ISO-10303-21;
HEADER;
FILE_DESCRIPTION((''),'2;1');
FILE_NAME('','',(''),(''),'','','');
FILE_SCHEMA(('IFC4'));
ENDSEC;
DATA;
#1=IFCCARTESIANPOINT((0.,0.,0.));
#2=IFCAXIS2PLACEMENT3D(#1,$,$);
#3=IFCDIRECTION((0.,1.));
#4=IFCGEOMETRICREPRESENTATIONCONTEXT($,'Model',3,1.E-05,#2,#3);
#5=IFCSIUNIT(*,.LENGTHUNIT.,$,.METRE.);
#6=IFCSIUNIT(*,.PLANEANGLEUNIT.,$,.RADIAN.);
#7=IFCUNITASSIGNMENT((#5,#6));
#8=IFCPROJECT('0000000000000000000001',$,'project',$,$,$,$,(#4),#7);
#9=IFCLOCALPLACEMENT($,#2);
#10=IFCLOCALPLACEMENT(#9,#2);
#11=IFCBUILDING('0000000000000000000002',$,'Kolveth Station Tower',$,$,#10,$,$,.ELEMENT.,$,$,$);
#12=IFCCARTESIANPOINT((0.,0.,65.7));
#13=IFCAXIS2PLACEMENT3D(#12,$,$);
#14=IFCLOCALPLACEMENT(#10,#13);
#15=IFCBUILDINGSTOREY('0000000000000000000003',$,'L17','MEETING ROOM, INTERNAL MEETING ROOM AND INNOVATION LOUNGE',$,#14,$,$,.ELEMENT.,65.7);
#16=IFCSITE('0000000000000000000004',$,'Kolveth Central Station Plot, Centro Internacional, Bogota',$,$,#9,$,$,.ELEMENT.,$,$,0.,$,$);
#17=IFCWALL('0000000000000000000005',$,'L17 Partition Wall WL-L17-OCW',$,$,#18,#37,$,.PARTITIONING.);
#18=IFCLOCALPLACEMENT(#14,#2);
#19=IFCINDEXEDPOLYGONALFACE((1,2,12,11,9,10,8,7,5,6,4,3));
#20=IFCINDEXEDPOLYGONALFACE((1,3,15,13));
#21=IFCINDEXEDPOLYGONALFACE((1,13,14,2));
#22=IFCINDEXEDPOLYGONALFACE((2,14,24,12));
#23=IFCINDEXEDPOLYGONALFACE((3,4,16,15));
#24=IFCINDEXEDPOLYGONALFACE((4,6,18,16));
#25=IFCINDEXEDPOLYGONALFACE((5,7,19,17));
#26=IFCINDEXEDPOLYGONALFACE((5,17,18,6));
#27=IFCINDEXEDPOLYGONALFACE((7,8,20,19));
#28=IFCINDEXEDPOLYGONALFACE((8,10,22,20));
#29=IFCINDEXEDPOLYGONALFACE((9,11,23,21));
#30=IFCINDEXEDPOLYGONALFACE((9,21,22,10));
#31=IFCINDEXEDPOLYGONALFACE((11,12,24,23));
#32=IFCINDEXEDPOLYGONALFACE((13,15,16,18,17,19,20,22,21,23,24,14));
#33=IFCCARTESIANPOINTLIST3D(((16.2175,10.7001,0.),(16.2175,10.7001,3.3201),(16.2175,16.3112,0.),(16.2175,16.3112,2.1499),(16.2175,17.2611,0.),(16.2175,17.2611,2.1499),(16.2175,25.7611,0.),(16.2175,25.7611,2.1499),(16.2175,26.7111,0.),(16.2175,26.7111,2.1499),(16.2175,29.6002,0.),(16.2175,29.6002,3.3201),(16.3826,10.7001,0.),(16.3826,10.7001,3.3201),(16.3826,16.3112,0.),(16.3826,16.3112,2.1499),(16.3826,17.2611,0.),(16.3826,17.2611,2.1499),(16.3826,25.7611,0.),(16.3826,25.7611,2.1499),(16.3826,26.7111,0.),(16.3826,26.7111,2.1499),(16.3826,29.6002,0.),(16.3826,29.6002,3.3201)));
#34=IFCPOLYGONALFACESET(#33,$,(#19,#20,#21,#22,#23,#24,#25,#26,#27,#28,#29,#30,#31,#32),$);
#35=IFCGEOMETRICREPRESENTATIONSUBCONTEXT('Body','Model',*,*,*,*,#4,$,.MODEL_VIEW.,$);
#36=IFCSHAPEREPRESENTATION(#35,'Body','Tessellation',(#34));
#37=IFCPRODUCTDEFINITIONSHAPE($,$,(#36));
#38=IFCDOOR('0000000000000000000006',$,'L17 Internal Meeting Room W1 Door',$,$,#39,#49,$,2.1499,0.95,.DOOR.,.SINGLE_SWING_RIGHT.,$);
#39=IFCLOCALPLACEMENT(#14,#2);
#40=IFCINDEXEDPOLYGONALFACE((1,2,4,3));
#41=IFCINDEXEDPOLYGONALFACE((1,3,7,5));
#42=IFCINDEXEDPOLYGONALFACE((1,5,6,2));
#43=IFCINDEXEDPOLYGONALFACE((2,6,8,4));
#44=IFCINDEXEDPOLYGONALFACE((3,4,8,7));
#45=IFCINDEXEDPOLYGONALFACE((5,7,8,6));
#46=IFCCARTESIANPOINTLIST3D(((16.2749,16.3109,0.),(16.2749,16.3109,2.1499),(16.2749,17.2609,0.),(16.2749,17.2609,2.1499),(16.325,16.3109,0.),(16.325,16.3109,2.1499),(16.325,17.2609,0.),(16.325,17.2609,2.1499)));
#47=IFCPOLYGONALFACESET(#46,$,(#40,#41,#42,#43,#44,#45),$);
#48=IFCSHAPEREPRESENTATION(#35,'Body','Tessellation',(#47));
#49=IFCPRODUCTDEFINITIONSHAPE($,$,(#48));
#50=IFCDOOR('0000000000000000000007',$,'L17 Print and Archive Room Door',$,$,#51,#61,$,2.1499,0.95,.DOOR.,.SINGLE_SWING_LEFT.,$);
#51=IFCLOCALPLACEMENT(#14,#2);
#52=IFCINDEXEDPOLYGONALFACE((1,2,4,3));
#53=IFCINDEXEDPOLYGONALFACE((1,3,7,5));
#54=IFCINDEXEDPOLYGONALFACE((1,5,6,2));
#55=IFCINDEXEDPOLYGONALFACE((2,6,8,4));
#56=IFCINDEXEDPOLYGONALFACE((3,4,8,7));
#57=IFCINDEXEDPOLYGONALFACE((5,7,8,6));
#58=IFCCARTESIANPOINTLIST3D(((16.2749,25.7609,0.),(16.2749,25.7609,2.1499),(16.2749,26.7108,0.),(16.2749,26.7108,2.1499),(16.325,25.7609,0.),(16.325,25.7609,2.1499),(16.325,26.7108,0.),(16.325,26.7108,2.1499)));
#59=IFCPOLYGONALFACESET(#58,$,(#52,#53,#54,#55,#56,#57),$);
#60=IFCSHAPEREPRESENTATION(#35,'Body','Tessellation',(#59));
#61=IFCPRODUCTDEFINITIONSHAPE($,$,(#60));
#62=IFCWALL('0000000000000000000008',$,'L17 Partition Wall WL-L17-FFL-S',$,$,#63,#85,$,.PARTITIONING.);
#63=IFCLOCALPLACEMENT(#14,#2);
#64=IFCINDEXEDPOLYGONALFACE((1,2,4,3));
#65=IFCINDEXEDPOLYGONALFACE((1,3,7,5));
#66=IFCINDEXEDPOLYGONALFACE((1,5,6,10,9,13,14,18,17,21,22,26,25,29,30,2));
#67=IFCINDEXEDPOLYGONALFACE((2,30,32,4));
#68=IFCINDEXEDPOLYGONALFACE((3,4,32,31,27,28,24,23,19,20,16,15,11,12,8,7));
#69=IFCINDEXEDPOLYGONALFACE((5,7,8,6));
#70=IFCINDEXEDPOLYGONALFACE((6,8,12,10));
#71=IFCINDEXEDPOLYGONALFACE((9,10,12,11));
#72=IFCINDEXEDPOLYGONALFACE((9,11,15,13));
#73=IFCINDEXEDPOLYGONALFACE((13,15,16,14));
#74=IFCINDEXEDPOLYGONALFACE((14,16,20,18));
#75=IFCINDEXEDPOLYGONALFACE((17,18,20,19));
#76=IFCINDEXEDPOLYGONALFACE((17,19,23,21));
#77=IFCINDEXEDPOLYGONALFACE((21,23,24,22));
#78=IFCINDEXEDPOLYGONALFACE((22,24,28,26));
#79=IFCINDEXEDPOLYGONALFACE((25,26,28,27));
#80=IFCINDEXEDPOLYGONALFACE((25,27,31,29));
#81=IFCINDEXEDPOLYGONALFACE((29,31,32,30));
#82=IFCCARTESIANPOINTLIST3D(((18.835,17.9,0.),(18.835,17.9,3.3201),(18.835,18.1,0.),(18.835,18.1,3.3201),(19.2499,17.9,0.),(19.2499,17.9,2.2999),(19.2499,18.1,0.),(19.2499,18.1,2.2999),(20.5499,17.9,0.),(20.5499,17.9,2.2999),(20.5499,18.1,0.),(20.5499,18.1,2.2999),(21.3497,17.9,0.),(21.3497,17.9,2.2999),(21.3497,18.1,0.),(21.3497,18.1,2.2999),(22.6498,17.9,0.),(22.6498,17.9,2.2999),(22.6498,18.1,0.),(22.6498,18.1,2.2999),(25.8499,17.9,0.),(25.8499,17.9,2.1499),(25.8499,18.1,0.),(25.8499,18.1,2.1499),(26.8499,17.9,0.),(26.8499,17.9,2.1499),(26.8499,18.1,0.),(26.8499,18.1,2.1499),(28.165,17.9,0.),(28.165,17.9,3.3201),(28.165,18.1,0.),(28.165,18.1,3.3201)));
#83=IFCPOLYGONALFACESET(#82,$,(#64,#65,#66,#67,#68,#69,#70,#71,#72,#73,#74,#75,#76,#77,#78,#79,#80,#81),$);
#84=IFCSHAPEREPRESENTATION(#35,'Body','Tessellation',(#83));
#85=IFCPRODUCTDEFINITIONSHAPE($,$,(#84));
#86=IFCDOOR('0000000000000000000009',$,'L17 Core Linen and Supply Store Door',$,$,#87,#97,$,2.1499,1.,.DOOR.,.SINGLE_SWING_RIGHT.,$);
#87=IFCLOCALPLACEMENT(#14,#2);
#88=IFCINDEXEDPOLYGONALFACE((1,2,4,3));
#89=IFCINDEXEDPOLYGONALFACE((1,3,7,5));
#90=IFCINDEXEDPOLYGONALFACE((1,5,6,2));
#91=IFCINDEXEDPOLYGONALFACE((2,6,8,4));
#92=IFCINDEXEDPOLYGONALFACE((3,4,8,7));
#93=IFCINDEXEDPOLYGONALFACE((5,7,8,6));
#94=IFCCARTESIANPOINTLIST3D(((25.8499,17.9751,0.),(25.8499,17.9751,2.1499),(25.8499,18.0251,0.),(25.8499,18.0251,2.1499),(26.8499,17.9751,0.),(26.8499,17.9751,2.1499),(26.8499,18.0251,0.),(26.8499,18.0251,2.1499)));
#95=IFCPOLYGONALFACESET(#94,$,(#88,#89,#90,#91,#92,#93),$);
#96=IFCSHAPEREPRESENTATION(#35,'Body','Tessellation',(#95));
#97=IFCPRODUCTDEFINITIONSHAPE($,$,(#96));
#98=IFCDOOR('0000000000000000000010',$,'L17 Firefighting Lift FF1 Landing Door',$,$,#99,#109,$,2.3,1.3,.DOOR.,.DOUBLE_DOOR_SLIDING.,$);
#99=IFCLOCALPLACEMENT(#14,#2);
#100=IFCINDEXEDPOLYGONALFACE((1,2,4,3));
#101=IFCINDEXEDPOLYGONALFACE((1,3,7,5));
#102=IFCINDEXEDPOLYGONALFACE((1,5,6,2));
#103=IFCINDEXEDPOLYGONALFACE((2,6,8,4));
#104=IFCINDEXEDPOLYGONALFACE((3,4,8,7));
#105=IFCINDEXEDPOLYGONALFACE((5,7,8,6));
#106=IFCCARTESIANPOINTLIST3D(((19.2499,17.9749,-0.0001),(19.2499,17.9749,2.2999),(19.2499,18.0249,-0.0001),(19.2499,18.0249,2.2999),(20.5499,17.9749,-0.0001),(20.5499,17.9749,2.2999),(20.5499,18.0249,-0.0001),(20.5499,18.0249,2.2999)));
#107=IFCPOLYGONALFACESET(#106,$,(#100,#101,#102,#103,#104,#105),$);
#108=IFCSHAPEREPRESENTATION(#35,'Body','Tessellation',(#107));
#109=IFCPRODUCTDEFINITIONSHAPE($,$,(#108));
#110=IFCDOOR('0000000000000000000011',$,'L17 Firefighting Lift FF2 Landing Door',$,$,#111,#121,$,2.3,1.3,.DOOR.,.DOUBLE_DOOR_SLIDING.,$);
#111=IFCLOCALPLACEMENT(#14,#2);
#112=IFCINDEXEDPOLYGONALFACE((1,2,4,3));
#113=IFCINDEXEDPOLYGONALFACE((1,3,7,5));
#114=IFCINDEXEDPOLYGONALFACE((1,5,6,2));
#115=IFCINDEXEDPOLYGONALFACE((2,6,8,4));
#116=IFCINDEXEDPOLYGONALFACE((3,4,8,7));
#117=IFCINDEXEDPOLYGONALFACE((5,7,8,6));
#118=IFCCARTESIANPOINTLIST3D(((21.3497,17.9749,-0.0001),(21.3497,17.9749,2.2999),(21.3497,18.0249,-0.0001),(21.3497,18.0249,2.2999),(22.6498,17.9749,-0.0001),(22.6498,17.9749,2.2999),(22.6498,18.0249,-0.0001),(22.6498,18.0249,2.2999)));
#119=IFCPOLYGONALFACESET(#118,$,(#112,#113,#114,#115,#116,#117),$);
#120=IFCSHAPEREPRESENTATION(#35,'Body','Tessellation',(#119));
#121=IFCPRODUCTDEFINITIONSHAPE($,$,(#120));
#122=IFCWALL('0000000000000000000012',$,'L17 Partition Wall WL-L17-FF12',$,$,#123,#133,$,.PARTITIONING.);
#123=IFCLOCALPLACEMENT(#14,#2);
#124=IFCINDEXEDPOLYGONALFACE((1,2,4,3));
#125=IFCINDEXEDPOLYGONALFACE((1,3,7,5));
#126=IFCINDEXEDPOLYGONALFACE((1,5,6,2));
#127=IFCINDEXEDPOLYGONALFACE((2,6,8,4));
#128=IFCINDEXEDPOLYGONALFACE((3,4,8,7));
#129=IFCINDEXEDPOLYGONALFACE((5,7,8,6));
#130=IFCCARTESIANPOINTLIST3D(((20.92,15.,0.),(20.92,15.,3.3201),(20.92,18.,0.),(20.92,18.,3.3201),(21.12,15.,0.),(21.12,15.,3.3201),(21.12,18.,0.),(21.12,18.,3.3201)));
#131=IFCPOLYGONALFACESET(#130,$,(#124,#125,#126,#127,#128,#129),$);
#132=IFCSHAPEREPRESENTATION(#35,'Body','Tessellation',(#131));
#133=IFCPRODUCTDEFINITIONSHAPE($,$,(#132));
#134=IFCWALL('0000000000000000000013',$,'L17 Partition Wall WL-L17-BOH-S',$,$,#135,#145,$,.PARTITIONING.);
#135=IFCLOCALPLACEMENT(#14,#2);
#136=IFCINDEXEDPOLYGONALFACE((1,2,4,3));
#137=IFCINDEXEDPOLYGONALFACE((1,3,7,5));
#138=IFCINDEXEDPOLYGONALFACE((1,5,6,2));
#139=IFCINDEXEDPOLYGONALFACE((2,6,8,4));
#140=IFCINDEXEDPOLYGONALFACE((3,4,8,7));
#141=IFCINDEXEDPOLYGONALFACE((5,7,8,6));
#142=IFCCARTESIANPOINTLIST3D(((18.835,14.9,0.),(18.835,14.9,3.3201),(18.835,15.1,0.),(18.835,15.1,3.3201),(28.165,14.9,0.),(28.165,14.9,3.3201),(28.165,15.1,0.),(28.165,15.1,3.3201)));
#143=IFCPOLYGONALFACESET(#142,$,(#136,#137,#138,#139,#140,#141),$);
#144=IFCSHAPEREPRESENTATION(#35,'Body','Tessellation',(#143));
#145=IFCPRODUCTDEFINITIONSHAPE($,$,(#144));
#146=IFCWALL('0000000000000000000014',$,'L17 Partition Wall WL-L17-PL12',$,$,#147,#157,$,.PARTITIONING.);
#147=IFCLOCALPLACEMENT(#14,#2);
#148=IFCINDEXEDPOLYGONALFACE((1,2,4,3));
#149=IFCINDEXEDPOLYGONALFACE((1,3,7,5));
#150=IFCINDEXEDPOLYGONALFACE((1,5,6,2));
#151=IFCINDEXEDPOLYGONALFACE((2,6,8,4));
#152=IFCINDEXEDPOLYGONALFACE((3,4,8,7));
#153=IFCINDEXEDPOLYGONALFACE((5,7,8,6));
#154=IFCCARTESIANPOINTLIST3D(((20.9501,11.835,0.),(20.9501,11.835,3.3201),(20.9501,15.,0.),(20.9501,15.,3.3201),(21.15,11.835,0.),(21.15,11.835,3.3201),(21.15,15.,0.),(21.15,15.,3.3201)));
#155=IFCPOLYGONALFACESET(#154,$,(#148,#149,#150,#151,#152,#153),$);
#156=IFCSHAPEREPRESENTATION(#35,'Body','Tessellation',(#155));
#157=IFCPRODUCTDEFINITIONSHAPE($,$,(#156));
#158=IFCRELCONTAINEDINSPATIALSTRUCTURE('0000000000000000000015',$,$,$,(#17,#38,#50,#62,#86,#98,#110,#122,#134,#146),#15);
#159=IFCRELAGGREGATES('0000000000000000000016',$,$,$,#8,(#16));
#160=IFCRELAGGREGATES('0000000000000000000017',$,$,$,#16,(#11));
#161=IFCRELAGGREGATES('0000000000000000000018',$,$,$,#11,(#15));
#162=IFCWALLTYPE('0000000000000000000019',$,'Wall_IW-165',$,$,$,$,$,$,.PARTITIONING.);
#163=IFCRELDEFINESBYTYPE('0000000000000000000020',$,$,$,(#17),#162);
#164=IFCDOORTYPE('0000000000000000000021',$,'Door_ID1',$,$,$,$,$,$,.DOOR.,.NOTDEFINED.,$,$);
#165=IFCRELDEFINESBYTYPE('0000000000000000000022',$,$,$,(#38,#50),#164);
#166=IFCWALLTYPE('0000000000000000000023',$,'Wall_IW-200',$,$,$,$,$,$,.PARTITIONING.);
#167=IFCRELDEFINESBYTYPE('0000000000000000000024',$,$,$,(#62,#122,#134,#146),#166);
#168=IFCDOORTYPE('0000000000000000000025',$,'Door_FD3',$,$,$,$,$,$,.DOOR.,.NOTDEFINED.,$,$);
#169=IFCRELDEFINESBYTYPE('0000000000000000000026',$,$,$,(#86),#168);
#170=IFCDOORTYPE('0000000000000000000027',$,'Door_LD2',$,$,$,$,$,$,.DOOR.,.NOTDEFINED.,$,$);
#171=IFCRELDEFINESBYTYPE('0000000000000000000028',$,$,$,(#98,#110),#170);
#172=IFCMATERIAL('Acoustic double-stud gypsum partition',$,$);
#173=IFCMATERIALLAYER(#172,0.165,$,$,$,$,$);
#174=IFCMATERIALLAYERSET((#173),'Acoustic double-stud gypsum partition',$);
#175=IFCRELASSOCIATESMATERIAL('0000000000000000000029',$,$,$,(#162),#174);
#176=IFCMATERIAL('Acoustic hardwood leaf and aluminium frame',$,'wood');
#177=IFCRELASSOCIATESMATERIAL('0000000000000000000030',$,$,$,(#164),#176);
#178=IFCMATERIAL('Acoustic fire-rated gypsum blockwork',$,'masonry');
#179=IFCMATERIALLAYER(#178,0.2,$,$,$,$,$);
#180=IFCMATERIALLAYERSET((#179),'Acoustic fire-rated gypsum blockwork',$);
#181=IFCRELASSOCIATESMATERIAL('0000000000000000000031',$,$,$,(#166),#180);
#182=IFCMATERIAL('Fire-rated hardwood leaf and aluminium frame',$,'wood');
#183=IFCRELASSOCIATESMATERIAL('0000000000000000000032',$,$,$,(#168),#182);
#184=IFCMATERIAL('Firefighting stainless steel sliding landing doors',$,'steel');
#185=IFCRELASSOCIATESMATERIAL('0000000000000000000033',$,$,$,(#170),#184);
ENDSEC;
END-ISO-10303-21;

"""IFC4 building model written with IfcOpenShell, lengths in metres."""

from ifc_helpers import new_model, si_unit, direction, frame, frame_2d, origin, place, context, subcontext, project, spatial, rectangle, extrude, material, layer, layer_set, type_object, element, fill, save


model = new_model("IFC4")

# Units and contexts
model_context = context("Model", 3, precision=1e-05, world=origin(), true_north=direction((0.0, 1.0)))
body_context = subcontext(model_context, "Body", "Model", "MODEL_VIEW")
ifc_project = project(units=[si_unit("LENGTHUNIT", "METRE"), si_unit("PLANEANGLEUNIT", "RADIAN")], contexts=[model_context])

# Site, building, storey
site_placement = place(None, origin())
site = spatial("IfcSite", under=ifc_project, at=site_placement, Name="Kolveth Central Station Plot, Centro Internacional, Bogota", CompositionType="ELEMENT", RefElevation=0.0)
building_placement = place(site_placement, origin())
building = spatial("IfcBuilding", under=site, at=building_placement, Name="Kolveth Station Tower", CompositionType="ELEMENT")
storey_placement = place(building_placement, frame((0.0, 0.0, 65.7)))
storey = spatial("IfcBuildingStorey", under=building, at=storey_placement, Name="L17", Description="MEETING ROOM, INTERNAL MEETING ROOM AND INNOVATION LOUNGE", CompositionType="ELEMENT", Elevation=65.7)

# Walls, openings, doors
ifc_material_1 = material(Name="Acoustic double-stud gypsum partition")
ifc_layer_1 = layer(ifc_material_1, 0.165)
ifc_layer_set_1 = layer_set([ifc_layer_1], Name="Acoustic double-stud gypsum partition")
wall_type_1 = type_object("IfcWallType", Name="Wall_IW-165", PredefinedType="PARTITIONING", material=ifc_layer_set_1)
wall_1_placement = place(storey_placement, frame((16.3, 10.7, 0.0), z_axis=(0.0, 0.0, 1.0), x_axis=(0.0, 1.0, 0.0)))
wall_1 = element("IfcWall", 1, at=wall_1_placement, inside=storey, type_object=wall_type_1, Name="L17 Partition Wall WL-L17-OCW", PredefinedType="PARTITIONING", context=body_context, shape_type="SweptSolid", body=[
    extrude(rectangle(XDim=18.9001, YDim=0.165, at=frame_2d((9.4502, 0.0))), origin(), (0.0, 0.0, 1.0), 3.3201),
])
opening_1_placement = place(wall_1_placement, frame((5.6111, 0.0, 0.0)))
opening_1 = element("IfcOpeningElement", 2, at=opening_1_placement, cuts=wall_1, PredefinedType="OPENING", context=body_context, shape_type="SweptSolid", body=[
    extrude(rectangle(XDim=0.95, YDim=2.1499, at=frame_2d((0.4751, 1.075))), frame((0.0, 0.0925, 0.0), z_axis=(0.0, -1.0, 0.0), x_axis=(1.0, 0.0, 0.0)), (0.0, 0.0, 1.0), 0.1851),
])
opening_2_placement = place(wall_1_placement, frame((15.061, 0.0, 0.0)))
opening_2 = element("IfcOpeningElement", 3, at=opening_2_placement, cuts=wall_1, PredefinedType="OPENING", context=body_context, shape_type="SweptSolid", body=[
    extrude(rectangle(XDim=0.95, YDim=2.1499, at=frame_2d((0.4751, 1.075))), frame((0.0, 0.0925, 0.0), z_axis=(0.0, -1.0, 0.0), x_axis=(1.0, 0.0, 0.0)), (0.0, 0.0, 1.0), 0.1851),
])
ifc_material_2 = material(Name="Acoustic hardwood leaf and aluminium frame", Category="wood")
door_type_1 = type_object("IfcDoorType", Name="Door_ID1", OperationType="NOTDEFINED", PredefinedType="DOOR", material=ifc_material_2)
door_1_placement = place(opening_1_placement, frame((0.95, 0.0, 0.0), z_axis=(0.0, 0.0, 1.0), x_axis=(-1.0, 0.0, 0.0)))
door_1 = element("IfcDoor", 4, at=door_1_placement, inside=storey, type_object=door_type_1, Name="L17 Internal Meeting Room W1 Door", OperationType="SINGLE_SWING_RIGHT", OverallHeight=2.1499, OverallWidth=0.95, PredefinedType="DOOR", context=body_context, shape_type="SweptSolid", body=[
    extrude(rectangle(XDim=0.95, YDim=2.1499, at=frame_2d((0.4751, 1.075))), frame((0.0, 0.0249, 0.0), z_axis=(0.0, -1.0, 0.0), x_axis=(1.0, 0.0, 0.0)), (0.0, 0.0, 1.0), 0.05),
])
fill(opening_1, door_1)
door_2_placement = place(opening_2_placement, frame((0.95, 0.0, 0.0), z_axis=(0.0, 0.0, 1.0), x_axis=(-1.0, 0.0, 0.0)))
door_2 = element("IfcDoor", 5, at=door_2_placement, inside=storey, type_object=door_type_1, Name="L17 Print and Archive Room Door", OperationType="SINGLE_SWING_LEFT", OverallHeight=2.1499, OverallWidth=0.95, PredefinedType="DOOR", context=body_context, shape_type="SweptSolid", body=[
    extrude(rectangle(XDim=0.95, YDim=2.1499, at=frame_2d((0.4751, 1.075))), frame((0.0, 0.0249, 0.0), z_axis=(0.0, -1.0, 0.0), x_axis=(1.0, 0.0, 0.0)), (0.0, 0.0, 1.0), 0.05),
])
fill(opening_2, door_2)
ifc_material_3 = material(Name="Acoustic fire-rated gypsum blockwork", Category="masonry")
ifc_layer_2 = layer(ifc_material_3, 0.2)
ifc_layer_set_2 = layer_set([ifc_layer_2], Name="Acoustic fire-rated gypsum blockwork")
wall_type_2 = type_object("IfcWallType", Name="Wall_IW-200", PredefinedType="PARTITIONING", material=ifc_layer_set_2)
wall_2_placement = place(storey_placement, frame((18.835, 18.0, 0.0), z_axis=(0.0, 0.0, 1.0), x_axis=(1.0, 0.0, 0.0)))
wall_2 = element("IfcWall", 6, at=wall_2_placement, inside=storey, type_object=wall_type_2, Name="L17 Partition Wall WL-L17-FFL-S", PredefinedType="PARTITIONING", context=body_context, shape_type="SweptSolid", body=[
    extrude(rectangle(XDim=9.3301, YDim=0.2, at=frame_2d((4.665, 0.0))), origin(), (0.0, 0.0, 1.0), 3.3201),
])
opening_3_placement = place(wall_2_placement, frame((0.415, 0.0, 0.0)))
opening_3 = element("IfcOpeningElement", 7, at=opening_3_placement, cuts=wall_2, PredefinedType="OPENING", context=body_context, shape_type="SweptSolid", body=[
    extrude(rectangle(XDim=1.3, YDim=2.3, at=frame_2d((0.6499, 1.1499))), frame((0.0, 0.1099, 0.0), z_axis=(0.0, -1.0, 0.0), x_axis=(1.0, 0.0, 0.0)), (0.0, 0.0, 1.0), 0.22),
])
opening_4_placement = place(wall_2_placement, frame((2.5149, 0.0, 0.0)))
opening_4 = element("IfcOpeningElement", 8, at=opening_4_placement, cuts=wall_2, PredefinedType="OPENING", context=body_context, shape_type="SweptSolid", body=[
    extrude(rectangle(XDim=1.3, YDim=2.3, at=frame_2d((0.6499, 1.1499))), frame((0.0, 0.1099, 0.0), z_axis=(0.0, -1.0, 0.0), x_axis=(1.0, 0.0, 0.0)), (0.0, 0.0, 1.0), 0.22),
])
opening_5_placement = place(wall_2_placement, frame((7.0149, 0.0, 0.0)))
opening_5 = element("IfcOpeningElement", 9, at=opening_5_placement, cuts=wall_2, PredefinedType="OPENING", context=body_context, shape_type="SweptSolid", body=[
    extrude(rectangle(XDim=1.0, YDim=2.1499, at=frame_2d((0.5, 1.075))), frame((0.0, 0.1099, 0.0), z_axis=(0.0, -1.0, 0.0), x_axis=(1.0, 0.0, 0.0)), (0.0, 0.0, 1.0), 0.22),
])
ifc_material_4 = material(Name="Fire-rated hardwood leaf and aluminium frame", Category="wood")
door_type_2 = type_object("IfcDoorType", Name="Door_FD3", OperationType="NOTDEFINED", PredefinedType="DOOR", material=ifc_material_4)
door_3_placement = place(opening_5_placement, frame((1.0, 0.0, 0.0), z_axis=(0.0, 0.0, 1.0), x_axis=(-1.0, 0.0, 0.0)))
door_3 = element("IfcDoor", 10, at=door_3_placement, inside=storey, type_object=door_type_2, Name="L17 Core Linen and Supply Store Door", OperationType="SINGLE_SWING_RIGHT", OverallHeight=2.1499, OverallWidth=1.0, PredefinedType="DOOR", context=body_context, shape_type="SweptSolid", body=[
    extrude(rectangle(XDim=1.0, YDim=2.1499, at=frame_2d((0.5, 1.075))), frame((0.0, 0.0249, 0.0), z_axis=(0.0, -1.0, 0.0), x_axis=(1.0, 0.0, 0.0)), (0.0, 0.0, 1.0), 0.05),
])
fill(opening_5, door_3)
ifc_material_5 = material(Name="Firefighting stainless steel sliding landing doors", Category="steel")
door_type_3 = type_object("IfcDoorType", Name="Door_LD2", OperationType="NOTDEFINED", PredefinedType="DOOR", material=ifc_material_5)
door_4_placement = place(opening_3_placement, origin())
door_4 = element("IfcDoor", 11, at=door_4_placement, inside=storey, type_object=door_type_3, Name="L17 Firefighting Lift FF1 Landing Door", OperationType="DOUBLE_DOOR_SLIDING", OverallHeight=2.3, OverallWidth=1.3, PredefinedType="DOOR", context=body_context, shape_type="SweptSolid", body=[
    extrude(rectangle(XDim=1.3, YDim=2.3, at=frame_2d((0.6499, 1.1499))), frame((0.0, 0.0249, 0.0), z_axis=(0.0, -1.0, 0.0), x_axis=(1.0, 0.0, 0.0)), (0.0, 0.0, 1.0), 0.05),
])
fill(opening_3, door_4)
door_5_placement = place(opening_4_placement, origin())
door_5 = element("IfcDoor", 12, at=door_5_placement, inside=storey, type_object=door_type_3, Name="L17 Firefighting Lift FF2 Landing Door", OperationType="DOUBLE_DOOR_SLIDING", OverallHeight=2.3, OverallWidth=1.3, PredefinedType="DOOR", context=body_context, shape_type="SweptSolid", body=[
    extrude(rectangle(XDim=1.3, YDim=2.3, at=frame_2d((0.6499, 1.1499))), frame((0.0, 0.0249, 0.0), z_axis=(0.0, -1.0, 0.0), x_axis=(1.0, 0.0, 0.0)), (0.0, 0.0, 1.0), 0.05),
])
fill(opening_4, door_5)

# Walls
wall_3_placement = place(storey_placement, frame((21.02, 15.0, 0.0), z_axis=(0.0, 0.0, 1.0), x_axis=(0.0, 1.0, 0.0)))
element("IfcWall", 13, at=wall_3_placement, inside=storey, type_object=wall_type_2, Name="L17 Partition Wall WL-L17-FF12", PredefinedType="PARTITIONING", context=body_context, shape_type="SweptSolid", body=[
    extrude(rectangle(XDim=3.0, YDim=0.2, at=frame_2d((1.5, 0.0))), origin(), (0.0, 0.0, 1.0), 3.3201),
])
wall_4_placement = place(storey_placement, frame((18.835, 15.0, 0.0), z_axis=(0.0, 0.0, 1.0), x_axis=(1.0, 0.0, 0.0)))
element("IfcWall", 14, at=wall_4_placement, inside=storey, type_object=wall_type_2, Name="L17 Partition Wall WL-L17-BOH-S", PredefinedType="PARTITIONING", context=body_context, shape_type="SweptSolid", body=[
    extrude(rectangle(XDim=9.3301, YDim=0.2, at=frame_2d((4.665, 0.0))), origin(), (0.0, 0.0, 1.0), 3.3201),
])
wall_5_placement = place(storey_placement, frame((21.05, 11.835, 0.0), z_axis=(0.0, 0.0, 1.0), x_axis=(0.0, 1.0, 0.0)))
element("IfcWall", 15, at=wall_5_placement, inside=storey, type_object=wall_type_2, Name="L17 Partition Wall WL-L17-PL12", PredefinedType="PARTITIONING", context=body_context, shape_type="SweptSolid", body=[
    extrude(rectangle(XDim=3.165, YDim=0.2, at=frame_2d((1.5825, 0.0))), origin(), (0.0, 0.0, 1.0), 3.3201),
])

save(model, "model.ifc")
